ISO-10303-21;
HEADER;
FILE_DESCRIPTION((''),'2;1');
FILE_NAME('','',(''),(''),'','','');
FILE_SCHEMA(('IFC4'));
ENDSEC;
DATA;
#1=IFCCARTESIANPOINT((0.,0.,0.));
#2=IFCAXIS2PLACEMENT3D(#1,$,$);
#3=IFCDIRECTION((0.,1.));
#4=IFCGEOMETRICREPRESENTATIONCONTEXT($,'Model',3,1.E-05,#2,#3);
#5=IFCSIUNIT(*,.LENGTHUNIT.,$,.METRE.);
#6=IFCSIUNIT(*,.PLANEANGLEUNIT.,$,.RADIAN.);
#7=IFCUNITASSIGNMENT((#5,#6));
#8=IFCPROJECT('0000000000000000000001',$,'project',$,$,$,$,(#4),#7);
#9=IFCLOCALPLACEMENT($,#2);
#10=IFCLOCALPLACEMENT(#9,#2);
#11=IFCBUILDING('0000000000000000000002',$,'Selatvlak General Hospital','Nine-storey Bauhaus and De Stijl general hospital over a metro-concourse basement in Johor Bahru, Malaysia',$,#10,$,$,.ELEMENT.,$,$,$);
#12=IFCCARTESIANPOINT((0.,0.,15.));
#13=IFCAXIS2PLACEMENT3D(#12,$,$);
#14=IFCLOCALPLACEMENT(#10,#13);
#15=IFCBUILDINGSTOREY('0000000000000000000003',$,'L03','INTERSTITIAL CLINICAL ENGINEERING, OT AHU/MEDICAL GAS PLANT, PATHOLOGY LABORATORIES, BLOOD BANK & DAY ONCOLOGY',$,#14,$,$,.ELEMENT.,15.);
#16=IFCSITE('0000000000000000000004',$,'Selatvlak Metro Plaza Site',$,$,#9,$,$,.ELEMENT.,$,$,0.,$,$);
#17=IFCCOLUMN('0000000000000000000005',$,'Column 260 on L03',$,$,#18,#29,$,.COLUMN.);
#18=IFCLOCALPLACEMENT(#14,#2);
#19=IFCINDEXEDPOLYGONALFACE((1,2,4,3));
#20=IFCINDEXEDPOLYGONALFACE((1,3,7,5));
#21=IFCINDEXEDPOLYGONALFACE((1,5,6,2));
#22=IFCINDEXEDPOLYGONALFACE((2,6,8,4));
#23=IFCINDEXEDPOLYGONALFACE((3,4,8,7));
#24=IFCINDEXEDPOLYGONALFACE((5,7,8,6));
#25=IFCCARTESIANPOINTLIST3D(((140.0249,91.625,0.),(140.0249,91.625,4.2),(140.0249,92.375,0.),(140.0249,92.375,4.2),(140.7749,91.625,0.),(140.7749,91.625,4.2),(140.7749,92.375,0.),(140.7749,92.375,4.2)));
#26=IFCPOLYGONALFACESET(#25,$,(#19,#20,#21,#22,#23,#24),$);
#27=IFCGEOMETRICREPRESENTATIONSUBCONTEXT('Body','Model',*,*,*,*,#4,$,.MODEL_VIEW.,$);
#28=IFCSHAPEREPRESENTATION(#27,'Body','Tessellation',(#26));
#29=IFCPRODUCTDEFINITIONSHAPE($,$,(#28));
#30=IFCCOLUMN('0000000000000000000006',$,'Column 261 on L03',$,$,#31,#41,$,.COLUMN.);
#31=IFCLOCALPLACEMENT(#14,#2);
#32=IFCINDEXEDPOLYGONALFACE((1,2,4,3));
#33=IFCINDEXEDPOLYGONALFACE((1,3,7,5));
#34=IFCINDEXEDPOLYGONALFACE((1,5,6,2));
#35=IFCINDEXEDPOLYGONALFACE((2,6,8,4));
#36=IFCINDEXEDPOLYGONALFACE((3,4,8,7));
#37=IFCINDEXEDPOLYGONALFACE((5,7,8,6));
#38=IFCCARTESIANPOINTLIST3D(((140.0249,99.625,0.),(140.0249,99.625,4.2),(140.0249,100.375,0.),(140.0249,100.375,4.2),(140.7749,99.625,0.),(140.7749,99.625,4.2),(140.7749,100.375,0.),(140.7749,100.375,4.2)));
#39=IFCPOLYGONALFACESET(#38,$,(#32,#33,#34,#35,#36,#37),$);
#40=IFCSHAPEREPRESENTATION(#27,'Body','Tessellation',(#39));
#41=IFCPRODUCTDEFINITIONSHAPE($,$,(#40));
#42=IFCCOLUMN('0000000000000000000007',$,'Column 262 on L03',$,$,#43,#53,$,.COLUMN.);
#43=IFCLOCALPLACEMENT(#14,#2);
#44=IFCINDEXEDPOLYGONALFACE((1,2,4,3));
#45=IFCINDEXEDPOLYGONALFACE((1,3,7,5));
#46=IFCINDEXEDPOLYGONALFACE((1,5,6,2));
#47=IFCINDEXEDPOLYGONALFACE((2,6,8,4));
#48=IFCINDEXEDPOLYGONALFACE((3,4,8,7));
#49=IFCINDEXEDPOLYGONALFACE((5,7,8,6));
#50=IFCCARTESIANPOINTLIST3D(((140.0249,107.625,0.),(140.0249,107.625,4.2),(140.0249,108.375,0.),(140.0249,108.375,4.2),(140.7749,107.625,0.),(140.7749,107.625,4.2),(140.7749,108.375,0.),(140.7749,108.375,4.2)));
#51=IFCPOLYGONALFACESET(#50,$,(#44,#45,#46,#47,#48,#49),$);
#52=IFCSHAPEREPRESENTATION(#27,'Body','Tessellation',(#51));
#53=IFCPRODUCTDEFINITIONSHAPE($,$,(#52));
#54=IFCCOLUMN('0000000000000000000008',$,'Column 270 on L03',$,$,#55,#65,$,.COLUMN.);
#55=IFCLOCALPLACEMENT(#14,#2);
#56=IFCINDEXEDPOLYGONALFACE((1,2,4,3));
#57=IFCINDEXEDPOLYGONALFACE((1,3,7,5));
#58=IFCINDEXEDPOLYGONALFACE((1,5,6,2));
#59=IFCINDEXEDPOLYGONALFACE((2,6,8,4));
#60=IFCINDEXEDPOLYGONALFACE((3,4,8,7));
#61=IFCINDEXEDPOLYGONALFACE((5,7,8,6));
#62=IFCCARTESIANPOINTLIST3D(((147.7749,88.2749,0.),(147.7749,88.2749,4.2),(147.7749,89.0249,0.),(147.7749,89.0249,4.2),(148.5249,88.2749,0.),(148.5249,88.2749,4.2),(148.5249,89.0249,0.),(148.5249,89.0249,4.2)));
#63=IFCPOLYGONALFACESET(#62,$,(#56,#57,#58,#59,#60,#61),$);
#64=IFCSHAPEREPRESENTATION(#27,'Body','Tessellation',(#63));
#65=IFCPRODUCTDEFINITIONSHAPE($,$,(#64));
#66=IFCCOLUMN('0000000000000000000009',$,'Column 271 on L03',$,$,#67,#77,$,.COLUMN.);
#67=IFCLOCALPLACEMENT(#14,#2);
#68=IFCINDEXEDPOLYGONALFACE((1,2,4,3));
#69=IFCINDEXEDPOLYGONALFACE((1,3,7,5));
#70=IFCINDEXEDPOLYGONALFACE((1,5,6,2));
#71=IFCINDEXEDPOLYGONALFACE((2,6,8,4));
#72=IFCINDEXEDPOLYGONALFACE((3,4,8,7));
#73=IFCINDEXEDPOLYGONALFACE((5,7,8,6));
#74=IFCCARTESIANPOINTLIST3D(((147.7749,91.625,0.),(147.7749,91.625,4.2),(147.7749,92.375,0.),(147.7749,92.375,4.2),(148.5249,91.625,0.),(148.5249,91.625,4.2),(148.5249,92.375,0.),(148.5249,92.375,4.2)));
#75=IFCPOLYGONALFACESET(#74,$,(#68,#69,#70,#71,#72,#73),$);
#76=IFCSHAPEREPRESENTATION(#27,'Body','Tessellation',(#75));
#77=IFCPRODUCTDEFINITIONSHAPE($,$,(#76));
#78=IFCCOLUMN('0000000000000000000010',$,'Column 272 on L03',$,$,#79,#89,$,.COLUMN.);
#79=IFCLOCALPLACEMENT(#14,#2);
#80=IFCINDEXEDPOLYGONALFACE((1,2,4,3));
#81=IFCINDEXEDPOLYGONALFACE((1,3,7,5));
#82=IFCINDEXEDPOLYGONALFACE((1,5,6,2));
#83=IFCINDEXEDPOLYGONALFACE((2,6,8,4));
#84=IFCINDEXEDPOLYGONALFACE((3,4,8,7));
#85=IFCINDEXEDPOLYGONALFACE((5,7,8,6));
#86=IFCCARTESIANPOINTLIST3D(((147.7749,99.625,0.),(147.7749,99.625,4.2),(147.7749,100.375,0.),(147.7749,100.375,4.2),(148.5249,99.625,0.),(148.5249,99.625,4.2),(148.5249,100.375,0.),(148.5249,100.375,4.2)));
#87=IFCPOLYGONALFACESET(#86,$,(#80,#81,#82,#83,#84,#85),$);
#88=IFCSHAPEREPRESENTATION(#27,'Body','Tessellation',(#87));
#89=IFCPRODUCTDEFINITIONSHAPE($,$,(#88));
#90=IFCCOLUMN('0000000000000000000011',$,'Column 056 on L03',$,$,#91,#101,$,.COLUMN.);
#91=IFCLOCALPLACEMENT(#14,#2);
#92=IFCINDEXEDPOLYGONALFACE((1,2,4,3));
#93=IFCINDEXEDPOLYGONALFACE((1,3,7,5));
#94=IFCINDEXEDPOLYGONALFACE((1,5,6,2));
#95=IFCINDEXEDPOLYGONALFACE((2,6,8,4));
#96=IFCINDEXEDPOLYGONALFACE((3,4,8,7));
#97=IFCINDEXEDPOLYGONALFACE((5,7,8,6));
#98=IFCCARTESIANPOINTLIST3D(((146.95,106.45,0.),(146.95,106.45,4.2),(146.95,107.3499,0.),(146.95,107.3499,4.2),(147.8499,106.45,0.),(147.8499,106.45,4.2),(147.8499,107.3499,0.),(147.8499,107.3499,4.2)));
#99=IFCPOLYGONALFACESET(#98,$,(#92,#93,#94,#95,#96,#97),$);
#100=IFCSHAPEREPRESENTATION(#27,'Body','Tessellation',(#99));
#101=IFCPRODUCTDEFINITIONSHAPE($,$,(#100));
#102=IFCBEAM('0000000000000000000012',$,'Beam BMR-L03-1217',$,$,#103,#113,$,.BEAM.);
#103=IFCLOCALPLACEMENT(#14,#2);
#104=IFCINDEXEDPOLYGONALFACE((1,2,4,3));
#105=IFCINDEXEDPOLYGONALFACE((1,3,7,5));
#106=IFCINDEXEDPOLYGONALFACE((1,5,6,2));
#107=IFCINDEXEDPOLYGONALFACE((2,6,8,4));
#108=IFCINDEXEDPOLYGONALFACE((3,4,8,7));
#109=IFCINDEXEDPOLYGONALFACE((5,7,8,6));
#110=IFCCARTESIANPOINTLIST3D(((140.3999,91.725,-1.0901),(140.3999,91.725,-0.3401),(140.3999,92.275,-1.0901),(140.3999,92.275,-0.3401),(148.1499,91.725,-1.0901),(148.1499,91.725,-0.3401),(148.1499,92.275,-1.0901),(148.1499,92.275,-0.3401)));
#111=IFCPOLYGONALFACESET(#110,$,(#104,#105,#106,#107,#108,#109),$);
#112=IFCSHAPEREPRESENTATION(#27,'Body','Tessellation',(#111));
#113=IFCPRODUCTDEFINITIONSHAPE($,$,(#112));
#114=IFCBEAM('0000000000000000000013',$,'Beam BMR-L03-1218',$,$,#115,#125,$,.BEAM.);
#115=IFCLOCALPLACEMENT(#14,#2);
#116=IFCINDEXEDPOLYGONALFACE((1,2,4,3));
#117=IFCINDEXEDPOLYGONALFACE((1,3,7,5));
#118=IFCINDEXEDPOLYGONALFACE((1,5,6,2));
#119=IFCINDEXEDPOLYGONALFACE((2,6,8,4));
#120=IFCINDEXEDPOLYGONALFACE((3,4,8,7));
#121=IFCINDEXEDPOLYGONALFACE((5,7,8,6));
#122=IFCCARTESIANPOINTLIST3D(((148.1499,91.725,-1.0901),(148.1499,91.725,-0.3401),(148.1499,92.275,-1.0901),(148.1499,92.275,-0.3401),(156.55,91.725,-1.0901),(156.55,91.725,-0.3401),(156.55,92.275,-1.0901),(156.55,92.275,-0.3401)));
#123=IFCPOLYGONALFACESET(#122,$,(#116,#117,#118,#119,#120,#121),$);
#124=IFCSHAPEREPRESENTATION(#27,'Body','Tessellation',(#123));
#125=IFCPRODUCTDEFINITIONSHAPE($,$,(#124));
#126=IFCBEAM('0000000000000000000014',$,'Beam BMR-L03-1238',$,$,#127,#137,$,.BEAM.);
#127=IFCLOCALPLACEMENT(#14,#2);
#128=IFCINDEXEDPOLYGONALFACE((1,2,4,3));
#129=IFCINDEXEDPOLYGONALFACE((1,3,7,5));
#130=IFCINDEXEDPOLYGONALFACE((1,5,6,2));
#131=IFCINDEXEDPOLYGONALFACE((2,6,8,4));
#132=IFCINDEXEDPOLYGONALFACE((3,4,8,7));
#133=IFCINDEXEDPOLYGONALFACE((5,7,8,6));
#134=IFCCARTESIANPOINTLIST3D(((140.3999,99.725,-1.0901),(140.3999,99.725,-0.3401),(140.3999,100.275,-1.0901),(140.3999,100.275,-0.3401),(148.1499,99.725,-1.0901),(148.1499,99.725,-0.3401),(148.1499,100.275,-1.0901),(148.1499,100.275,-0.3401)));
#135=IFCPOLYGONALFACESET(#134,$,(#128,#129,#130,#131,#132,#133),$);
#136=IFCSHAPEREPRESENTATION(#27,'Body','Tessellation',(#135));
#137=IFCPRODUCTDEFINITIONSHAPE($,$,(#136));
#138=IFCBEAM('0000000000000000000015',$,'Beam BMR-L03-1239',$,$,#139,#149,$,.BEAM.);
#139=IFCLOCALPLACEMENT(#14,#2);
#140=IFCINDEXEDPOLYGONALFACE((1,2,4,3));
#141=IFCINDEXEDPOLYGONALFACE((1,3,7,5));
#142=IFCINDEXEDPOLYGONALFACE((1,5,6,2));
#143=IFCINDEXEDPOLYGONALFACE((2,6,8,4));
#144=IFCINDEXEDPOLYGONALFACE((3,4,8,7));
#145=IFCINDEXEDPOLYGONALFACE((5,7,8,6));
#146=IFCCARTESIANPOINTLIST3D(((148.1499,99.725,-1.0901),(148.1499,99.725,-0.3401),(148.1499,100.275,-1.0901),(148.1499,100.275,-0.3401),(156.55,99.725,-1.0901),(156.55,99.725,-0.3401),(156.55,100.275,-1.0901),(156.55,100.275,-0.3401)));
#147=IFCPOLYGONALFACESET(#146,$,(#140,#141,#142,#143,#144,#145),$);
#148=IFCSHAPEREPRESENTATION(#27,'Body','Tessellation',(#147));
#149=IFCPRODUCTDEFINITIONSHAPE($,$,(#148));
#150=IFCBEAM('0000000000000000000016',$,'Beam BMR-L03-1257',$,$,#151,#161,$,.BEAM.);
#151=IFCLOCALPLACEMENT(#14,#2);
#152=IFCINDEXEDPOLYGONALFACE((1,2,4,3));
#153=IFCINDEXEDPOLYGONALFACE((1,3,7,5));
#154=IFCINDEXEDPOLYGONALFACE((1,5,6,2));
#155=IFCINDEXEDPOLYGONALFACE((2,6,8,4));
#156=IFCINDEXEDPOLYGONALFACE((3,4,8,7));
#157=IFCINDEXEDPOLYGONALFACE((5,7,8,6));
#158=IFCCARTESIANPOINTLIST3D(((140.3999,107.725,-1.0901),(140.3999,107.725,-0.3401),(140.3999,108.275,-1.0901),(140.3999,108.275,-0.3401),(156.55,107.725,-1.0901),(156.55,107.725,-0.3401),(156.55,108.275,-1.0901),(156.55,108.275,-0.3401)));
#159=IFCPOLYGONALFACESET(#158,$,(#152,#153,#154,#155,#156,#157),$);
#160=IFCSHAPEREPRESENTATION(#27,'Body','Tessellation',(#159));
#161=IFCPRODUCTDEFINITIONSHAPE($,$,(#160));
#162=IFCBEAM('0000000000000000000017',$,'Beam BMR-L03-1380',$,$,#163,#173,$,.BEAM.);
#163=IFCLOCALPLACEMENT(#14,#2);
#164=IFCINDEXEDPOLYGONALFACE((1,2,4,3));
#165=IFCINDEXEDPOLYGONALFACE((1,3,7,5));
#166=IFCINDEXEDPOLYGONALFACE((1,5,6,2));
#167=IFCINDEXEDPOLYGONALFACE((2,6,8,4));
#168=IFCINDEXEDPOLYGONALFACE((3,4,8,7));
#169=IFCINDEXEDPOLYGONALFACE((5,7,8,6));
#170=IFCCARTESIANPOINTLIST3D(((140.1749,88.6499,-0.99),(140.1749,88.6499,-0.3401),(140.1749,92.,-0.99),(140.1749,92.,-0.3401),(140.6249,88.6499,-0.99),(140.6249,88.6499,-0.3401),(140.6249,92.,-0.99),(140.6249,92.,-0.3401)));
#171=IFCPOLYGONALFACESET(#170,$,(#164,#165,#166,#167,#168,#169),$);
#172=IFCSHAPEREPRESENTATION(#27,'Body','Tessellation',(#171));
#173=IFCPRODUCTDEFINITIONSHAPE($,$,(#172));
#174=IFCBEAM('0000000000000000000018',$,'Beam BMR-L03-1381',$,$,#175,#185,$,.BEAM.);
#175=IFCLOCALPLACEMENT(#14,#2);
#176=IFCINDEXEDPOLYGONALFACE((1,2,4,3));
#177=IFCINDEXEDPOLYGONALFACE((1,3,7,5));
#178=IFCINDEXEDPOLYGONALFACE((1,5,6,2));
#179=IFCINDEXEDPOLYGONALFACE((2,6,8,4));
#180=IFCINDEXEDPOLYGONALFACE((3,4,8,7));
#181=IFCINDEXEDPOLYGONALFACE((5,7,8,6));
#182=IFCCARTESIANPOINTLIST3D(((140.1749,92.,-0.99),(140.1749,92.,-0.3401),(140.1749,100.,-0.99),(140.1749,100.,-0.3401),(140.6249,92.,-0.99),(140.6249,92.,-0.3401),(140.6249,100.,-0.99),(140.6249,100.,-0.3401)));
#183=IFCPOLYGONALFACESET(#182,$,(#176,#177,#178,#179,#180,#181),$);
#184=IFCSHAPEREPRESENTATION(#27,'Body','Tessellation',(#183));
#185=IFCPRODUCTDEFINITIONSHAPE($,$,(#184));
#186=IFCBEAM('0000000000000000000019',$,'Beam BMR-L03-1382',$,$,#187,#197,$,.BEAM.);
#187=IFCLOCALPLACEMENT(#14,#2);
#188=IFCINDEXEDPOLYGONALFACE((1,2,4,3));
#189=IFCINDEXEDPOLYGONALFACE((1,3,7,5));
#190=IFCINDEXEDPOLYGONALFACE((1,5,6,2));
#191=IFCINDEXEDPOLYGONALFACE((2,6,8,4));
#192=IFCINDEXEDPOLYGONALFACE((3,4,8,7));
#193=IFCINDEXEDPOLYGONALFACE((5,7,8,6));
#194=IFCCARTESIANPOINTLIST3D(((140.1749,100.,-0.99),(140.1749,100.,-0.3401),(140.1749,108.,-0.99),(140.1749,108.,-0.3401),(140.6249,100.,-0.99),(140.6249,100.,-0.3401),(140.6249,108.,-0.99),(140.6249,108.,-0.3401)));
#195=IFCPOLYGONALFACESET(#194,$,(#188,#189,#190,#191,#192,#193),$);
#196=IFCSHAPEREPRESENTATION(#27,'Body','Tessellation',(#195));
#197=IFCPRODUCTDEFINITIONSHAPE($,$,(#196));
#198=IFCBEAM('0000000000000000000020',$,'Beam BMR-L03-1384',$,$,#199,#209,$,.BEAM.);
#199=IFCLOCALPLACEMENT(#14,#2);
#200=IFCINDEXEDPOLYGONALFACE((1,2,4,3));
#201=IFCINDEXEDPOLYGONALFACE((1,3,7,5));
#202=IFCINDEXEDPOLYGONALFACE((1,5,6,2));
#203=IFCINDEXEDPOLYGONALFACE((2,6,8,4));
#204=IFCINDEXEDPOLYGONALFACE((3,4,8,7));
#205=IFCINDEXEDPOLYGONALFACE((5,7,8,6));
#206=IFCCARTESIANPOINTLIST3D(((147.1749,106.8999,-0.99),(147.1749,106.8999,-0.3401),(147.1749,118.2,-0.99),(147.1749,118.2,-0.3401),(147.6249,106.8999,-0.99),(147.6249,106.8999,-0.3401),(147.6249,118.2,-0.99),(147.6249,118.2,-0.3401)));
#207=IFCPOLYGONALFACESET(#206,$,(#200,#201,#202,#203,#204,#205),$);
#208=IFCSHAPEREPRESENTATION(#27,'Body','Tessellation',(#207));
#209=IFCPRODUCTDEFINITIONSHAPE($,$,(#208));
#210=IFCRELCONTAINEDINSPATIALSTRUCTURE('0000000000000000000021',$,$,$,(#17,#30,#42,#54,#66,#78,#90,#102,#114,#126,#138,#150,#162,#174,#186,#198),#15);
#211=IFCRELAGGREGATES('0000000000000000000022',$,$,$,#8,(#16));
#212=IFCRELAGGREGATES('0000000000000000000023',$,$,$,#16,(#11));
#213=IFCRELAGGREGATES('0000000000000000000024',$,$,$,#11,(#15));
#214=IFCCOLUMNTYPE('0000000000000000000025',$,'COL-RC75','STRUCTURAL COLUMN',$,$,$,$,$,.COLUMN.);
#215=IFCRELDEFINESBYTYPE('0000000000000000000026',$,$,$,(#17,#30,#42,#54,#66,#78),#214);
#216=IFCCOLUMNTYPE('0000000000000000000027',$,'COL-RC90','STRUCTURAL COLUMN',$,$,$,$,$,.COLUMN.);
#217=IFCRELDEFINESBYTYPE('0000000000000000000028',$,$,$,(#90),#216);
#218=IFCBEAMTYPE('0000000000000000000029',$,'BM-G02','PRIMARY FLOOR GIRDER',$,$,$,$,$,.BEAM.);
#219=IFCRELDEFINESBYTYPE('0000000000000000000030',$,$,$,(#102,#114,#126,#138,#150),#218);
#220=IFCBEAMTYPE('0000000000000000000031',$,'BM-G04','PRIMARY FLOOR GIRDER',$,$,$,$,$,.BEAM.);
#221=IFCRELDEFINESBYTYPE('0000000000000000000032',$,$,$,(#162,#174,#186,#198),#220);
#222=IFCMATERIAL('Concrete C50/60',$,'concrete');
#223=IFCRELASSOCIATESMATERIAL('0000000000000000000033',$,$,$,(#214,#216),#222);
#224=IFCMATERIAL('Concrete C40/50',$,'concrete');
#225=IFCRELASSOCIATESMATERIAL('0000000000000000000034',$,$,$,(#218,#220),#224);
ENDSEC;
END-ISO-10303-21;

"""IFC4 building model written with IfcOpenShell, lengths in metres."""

from ifc_helpers import new_model, si_unit, direction, frame, origin, origin_2d, place, context, subcontext, project, spatial, rectangle, extrude, material, material_profile, profile_set, type_object, element, save


model = new_model("IFC4")

# Units and contexts
model_context = context("Model", 3, precision=1e-05, world=origin(), true_north=direction((0.0, 1.0)))
body_context = subcontext(model_context, "Body", "Model", "MODEL_VIEW")
ifc_project = project(units=[si_unit("LENGTHUNIT", "METRE"), si_unit("PLANEANGLEUNIT", "RADIAN")], contexts=[model_context])

# Site, building, storey
site_placement = place(None, origin())
site = spatial("IfcSite", under=ifc_project, at=site_placement, Name="Selatvlak Metro Plaza Site", CompositionType="ELEMENT", RefElevation=0.0)
building_placement = place(site_placement, origin())
building = spatial("IfcBuilding", under=site, at=building_placement, Name="Selatvlak General Hospital", Description="Nine-storey Bauhaus and De Stijl general hospital over a metro-concourse basement in Johor Bahru, Malaysia", CompositionType="ELEMENT")
storey_placement = place(building_placement, frame((0.0, 0.0, 15.0)))
storey = spatial("IfcBuildingStorey", under=building, at=storey_placement, Name="L03", Description="INTERSTITIAL CLINICAL ENGINEERING, OT AHU/MEDICAL GAS PLANT, PATHOLOGY LABORATORIES, BLOOD BANK & DAY ONCOLOGY", CompositionType="ELEMENT", Elevation=15.0)

# Columns
ifc_material_1 = material(Name="Concrete C50/60", Category="concrete")
ifc_material_profile_1 = material_profile(ifc_material_1, rectangle(XDim=0.75, YDim=0.75, at=origin_2d()), Name="RC-COL 750x750")
ifc_profile_set_1 = profile_set([ifc_material_profile_1], Name="Concrete C50/60")
column_type_1 = type_object("IfcColumnType", Name="COL-RC75", Description="STRUCTURAL COLUMN", PredefinedType="COLUMN", material=ifc_profile_set_1)
for number, where, z_axis, x_axis, name in (
    (1, (140.3999, 92.0, 0.0), (0.0, 0.0, 1.0), (1.0, 0.0, 0.0), "Column 260 on L03"),
    (2, (140.3999, 100.0, 0.0), (0.0, 0.0, 1.0), (1.0, 0.0, 0.0), "Column 261 on L03"),
    (3, (140.3999, 108.0, 0.0), (0.0, 0.0, 1.0), (1.0, 0.0, 0.0), "Column 262 on L03"),
    (4, (148.1499, 88.6499, 0.0), (0.0, 0.0, 1.0), (1.0, 0.0, 0.0), "Column 270 on L03"),
    (5, (148.1499, 92.0, 0.0), (0.0, 0.0, 1.0), (1.0, 0.0, 0.0), "Column 271 on L03"),
    (6, (148.1499, 100.0, 0.0), (0.0, 0.0, 1.0), (1.0, 0.0, 0.0), "Column 272 on L03"),
):
    element("IfcColumn", number, at=place(storey_placement, frame(where, z_axis=z_axis, x_axis=x_axis)), inside=storey, type_object=column_type_1, Name=name, PredefinedType="COLUMN", context=body_context, shape_type="SweptSolid", body=[
        extrude(rectangle(XDim=0.75, YDim=0.75, at=origin_2d()), origin(), (0.0, 0.0, 1.0), 4.2),
    ])
ifc_material_profile_2 = material_profile(ifc_material_1, rectangle(XDim=0.8999, YDim=0.8999, at=origin_2d()), Name="RC-COL 900x900")
ifc_profile_set_2 = profile_set([ifc_material_profile_2], Name="Concrete C50/60")
column_type_2 = type_object("IfcColumnType", Name="COL-RC90", Description="STRUCTURAL COLUMN", PredefinedType="COLUMN", material=ifc_profile_set_2)
column_placement = place(storey_placement, frame((147.3999, 106.8999, 0.0), z_axis=(0.0, 0.0, 1.0), x_axis=(1.0, 0.0, 0.0)))
element("IfcColumn", 7, at=column_placement, inside=storey, type_object=column_type_2, Name="Column 056 on L03", PredefinedType="COLUMN", context=body_context, shape_type="SweptSolid", body=[
    extrude(rectangle(XDim=0.8999, YDim=0.8999, at=origin_2d()), origin(), (0.0, 0.0, 1.0), 4.2),
])

# Beams
ifc_material_2 = material(Name="Concrete C40/50", Category="concrete")
ifc_material_profile_3 = material_profile(ifc_material_2, rectangle(XDim=0.55, YDim=0.75, at=origin_2d()), Name="RC-BM 550x750")
ifc_profile_set_3 = profile_set([ifc_material_profile_3], Name="Concrete C40/50")
beam_type_1 = type_object("IfcBeamType", Name="BM-G02", Description="PRIMARY FLOOR GIRDER", PredefinedType="BEAM", material=ifc_profile_set_3)
beam_1_placement = place(storey_placement, frame((140.3999, 92.0, -0.7151), z_axis=(1.0, 0.0, 0.0), x_axis=(0.0, 1.0, 0.0)))
element("IfcBeam", 8, at=beam_1_placement, inside=storey, type_object=beam_type_1, Name="Beam BMR-L03-1217", PredefinedType="BEAM", context=body_context, shape_type="SweptSolid", body=[
    extrude(rectangle(XDim=0.55, YDim=0.75, at=origin_2d()), origin(), (0.0, 0.0, 1.0), 7.75),
])
beam_2_placement = place(storey_placement, frame((148.1499, 92.0, -0.7151), z_axis=(1.0, 0.0, 0.0), x_axis=(0.0, 1.0, 0.0)))
element("IfcBeam", 9, at=beam_2_placement, inside=storey, type_object=beam_type_1, Name="Beam BMR-L03-1218", PredefinedType="BEAM", context=body_context, shape_type="SweptSolid", body=[
    extrude(rectangle(XDim=0.55, YDim=0.75, at=origin_2d()), origin(), (0.0, 0.0, 1.0), 8.4001),
])
beam_3_placement = place(storey_placement, frame((140.3999, 100.0, -0.7151), z_axis=(1.0, 0.0, 0.0), x_axis=(0.0, 1.0, 0.0)))
element("IfcBeam", 10, at=beam_3_placement, inside=storey, type_object=beam_type_1, Name="Beam BMR-L03-1238", PredefinedType="BEAM", context=body_context, shape_type="SweptSolid", body=[
    extrude(rectangle(XDim=0.55, YDim=0.75, at=origin_2d()), origin(), (0.0, 0.0, 1.0), 7.75),
])
beam_4_placement = place(storey_placement, frame((148.1499, 100.0, -0.7151), z_axis=(1.0, 0.0, 0.0), x_axis=(0.0, 1.0, 0.0)))
element("IfcBeam", 11, at=beam_4_placement, inside=storey, type_object=beam_type_1, Name="Beam BMR-L03-1239", PredefinedType="BEAM", context=body_context, shape_type="SweptSolid", body=[
    extrude(rectangle(XDim=0.55, YDim=0.75, at=origin_2d()), origin(), (0.0, 0.0, 1.0), 8.4001),
])
beam_5_placement = place(storey_placement, frame((140.3999, 108.0, -0.7151), z_axis=(1.0, 0.0, 0.0), x_axis=(0.0, 1.0, 0.0)))
element("IfcBeam", 12, at=beam_5_placement, inside=storey, type_object=beam_type_1, Name="Beam BMR-L03-1257", PredefinedType="BEAM", context=body_context, shape_type="SweptSolid", body=[
    extrude(rectangle(XDim=0.55, YDim=0.75, at=origin_2d()), origin(), (0.0, 0.0, 1.0), 16.1501),
])
ifc_material_profile_4 = material_profile(ifc_material_2, rectangle(XDim=0.45, YDim=0.6499, at=origin_2d()), Name="RC-BM 450x650")
ifc_profile_set_4 = profile_set([ifc_material_profile_4], Name="Concrete C40/50")
beam_type_2 = type_object("IfcBeamType", Name="BM-G04", Description="PRIMARY FLOOR GIRDER", PredefinedType="BEAM", material=ifc_profile_set_4)
beam_6_placement = place(storey_placement, frame((140.3999, 88.6499, -0.665), z_axis=(0.0, 1.0, 0.0), x_axis=(-1.0, 0.0, 0.0)))
element("IfcBeam", 13, at=beam_6_placement, inside=storey, type_object=beam_type_2, Name="Beam BMR-L03-1380", PredefinedType="BEAM", context=body_context, shape_type="SweptSolid", body=[
    extrude(rectangle(XDim=0.45, YDim=0.6499, at=origin_2d()), origin(), (0.0, 0.0, 1.0), 3.3501),
])
for number, where, z_axis, x_axis, name in (
    (14, (140.3999, 92.0, -0.665), (0.0, 1.0, 0.0), (-1.0, 0.0, 0.0), "Beam BMR-L03-1381"),
    (15, (140.3999, 100.0, -0.665), (0.0, 1.0, 0.0), (-1.0, 0.0, 0.0), "Beam BMR-L03-1382"),
):
    element("IfcBeam", number, at=place(storey_placement, frame(where, z_axis=z_axis, x_axis=x_axis)), inside=storey, type_object=beam_type_2, Name=name, PredefinedType="BEAM", context=body_context, shape_type="SweptSolid", body=[
        extrude(rectangle(XDim=0.45, YDim=0.6499, at=origin_2d()), origin(), (0.0, 0.0, 1.0), 8.0),
    ])
beam_7_placement = place(storey_placement, frame((147.3999, 106.8999, -0.665), z_axis=(0.0, 1.0, 0.0), x_axis=(-1.0, 0.0, 0.0)))
element("IfcBeam", 16, at=beam_7_placement, inside=storey, type_object=beam_type_2, Name="Beam BMR-L03-1384", PredefinedType="BEAM", context=body_context, shape_type="SweptSolid", body=[
    extrude(rectangle(XDim=0.45, YDim=0.6499, at=origin_2d()), origin(), (0.0, 0.0, 1.0), 11.3),
])

save(model, "model.ifc")
